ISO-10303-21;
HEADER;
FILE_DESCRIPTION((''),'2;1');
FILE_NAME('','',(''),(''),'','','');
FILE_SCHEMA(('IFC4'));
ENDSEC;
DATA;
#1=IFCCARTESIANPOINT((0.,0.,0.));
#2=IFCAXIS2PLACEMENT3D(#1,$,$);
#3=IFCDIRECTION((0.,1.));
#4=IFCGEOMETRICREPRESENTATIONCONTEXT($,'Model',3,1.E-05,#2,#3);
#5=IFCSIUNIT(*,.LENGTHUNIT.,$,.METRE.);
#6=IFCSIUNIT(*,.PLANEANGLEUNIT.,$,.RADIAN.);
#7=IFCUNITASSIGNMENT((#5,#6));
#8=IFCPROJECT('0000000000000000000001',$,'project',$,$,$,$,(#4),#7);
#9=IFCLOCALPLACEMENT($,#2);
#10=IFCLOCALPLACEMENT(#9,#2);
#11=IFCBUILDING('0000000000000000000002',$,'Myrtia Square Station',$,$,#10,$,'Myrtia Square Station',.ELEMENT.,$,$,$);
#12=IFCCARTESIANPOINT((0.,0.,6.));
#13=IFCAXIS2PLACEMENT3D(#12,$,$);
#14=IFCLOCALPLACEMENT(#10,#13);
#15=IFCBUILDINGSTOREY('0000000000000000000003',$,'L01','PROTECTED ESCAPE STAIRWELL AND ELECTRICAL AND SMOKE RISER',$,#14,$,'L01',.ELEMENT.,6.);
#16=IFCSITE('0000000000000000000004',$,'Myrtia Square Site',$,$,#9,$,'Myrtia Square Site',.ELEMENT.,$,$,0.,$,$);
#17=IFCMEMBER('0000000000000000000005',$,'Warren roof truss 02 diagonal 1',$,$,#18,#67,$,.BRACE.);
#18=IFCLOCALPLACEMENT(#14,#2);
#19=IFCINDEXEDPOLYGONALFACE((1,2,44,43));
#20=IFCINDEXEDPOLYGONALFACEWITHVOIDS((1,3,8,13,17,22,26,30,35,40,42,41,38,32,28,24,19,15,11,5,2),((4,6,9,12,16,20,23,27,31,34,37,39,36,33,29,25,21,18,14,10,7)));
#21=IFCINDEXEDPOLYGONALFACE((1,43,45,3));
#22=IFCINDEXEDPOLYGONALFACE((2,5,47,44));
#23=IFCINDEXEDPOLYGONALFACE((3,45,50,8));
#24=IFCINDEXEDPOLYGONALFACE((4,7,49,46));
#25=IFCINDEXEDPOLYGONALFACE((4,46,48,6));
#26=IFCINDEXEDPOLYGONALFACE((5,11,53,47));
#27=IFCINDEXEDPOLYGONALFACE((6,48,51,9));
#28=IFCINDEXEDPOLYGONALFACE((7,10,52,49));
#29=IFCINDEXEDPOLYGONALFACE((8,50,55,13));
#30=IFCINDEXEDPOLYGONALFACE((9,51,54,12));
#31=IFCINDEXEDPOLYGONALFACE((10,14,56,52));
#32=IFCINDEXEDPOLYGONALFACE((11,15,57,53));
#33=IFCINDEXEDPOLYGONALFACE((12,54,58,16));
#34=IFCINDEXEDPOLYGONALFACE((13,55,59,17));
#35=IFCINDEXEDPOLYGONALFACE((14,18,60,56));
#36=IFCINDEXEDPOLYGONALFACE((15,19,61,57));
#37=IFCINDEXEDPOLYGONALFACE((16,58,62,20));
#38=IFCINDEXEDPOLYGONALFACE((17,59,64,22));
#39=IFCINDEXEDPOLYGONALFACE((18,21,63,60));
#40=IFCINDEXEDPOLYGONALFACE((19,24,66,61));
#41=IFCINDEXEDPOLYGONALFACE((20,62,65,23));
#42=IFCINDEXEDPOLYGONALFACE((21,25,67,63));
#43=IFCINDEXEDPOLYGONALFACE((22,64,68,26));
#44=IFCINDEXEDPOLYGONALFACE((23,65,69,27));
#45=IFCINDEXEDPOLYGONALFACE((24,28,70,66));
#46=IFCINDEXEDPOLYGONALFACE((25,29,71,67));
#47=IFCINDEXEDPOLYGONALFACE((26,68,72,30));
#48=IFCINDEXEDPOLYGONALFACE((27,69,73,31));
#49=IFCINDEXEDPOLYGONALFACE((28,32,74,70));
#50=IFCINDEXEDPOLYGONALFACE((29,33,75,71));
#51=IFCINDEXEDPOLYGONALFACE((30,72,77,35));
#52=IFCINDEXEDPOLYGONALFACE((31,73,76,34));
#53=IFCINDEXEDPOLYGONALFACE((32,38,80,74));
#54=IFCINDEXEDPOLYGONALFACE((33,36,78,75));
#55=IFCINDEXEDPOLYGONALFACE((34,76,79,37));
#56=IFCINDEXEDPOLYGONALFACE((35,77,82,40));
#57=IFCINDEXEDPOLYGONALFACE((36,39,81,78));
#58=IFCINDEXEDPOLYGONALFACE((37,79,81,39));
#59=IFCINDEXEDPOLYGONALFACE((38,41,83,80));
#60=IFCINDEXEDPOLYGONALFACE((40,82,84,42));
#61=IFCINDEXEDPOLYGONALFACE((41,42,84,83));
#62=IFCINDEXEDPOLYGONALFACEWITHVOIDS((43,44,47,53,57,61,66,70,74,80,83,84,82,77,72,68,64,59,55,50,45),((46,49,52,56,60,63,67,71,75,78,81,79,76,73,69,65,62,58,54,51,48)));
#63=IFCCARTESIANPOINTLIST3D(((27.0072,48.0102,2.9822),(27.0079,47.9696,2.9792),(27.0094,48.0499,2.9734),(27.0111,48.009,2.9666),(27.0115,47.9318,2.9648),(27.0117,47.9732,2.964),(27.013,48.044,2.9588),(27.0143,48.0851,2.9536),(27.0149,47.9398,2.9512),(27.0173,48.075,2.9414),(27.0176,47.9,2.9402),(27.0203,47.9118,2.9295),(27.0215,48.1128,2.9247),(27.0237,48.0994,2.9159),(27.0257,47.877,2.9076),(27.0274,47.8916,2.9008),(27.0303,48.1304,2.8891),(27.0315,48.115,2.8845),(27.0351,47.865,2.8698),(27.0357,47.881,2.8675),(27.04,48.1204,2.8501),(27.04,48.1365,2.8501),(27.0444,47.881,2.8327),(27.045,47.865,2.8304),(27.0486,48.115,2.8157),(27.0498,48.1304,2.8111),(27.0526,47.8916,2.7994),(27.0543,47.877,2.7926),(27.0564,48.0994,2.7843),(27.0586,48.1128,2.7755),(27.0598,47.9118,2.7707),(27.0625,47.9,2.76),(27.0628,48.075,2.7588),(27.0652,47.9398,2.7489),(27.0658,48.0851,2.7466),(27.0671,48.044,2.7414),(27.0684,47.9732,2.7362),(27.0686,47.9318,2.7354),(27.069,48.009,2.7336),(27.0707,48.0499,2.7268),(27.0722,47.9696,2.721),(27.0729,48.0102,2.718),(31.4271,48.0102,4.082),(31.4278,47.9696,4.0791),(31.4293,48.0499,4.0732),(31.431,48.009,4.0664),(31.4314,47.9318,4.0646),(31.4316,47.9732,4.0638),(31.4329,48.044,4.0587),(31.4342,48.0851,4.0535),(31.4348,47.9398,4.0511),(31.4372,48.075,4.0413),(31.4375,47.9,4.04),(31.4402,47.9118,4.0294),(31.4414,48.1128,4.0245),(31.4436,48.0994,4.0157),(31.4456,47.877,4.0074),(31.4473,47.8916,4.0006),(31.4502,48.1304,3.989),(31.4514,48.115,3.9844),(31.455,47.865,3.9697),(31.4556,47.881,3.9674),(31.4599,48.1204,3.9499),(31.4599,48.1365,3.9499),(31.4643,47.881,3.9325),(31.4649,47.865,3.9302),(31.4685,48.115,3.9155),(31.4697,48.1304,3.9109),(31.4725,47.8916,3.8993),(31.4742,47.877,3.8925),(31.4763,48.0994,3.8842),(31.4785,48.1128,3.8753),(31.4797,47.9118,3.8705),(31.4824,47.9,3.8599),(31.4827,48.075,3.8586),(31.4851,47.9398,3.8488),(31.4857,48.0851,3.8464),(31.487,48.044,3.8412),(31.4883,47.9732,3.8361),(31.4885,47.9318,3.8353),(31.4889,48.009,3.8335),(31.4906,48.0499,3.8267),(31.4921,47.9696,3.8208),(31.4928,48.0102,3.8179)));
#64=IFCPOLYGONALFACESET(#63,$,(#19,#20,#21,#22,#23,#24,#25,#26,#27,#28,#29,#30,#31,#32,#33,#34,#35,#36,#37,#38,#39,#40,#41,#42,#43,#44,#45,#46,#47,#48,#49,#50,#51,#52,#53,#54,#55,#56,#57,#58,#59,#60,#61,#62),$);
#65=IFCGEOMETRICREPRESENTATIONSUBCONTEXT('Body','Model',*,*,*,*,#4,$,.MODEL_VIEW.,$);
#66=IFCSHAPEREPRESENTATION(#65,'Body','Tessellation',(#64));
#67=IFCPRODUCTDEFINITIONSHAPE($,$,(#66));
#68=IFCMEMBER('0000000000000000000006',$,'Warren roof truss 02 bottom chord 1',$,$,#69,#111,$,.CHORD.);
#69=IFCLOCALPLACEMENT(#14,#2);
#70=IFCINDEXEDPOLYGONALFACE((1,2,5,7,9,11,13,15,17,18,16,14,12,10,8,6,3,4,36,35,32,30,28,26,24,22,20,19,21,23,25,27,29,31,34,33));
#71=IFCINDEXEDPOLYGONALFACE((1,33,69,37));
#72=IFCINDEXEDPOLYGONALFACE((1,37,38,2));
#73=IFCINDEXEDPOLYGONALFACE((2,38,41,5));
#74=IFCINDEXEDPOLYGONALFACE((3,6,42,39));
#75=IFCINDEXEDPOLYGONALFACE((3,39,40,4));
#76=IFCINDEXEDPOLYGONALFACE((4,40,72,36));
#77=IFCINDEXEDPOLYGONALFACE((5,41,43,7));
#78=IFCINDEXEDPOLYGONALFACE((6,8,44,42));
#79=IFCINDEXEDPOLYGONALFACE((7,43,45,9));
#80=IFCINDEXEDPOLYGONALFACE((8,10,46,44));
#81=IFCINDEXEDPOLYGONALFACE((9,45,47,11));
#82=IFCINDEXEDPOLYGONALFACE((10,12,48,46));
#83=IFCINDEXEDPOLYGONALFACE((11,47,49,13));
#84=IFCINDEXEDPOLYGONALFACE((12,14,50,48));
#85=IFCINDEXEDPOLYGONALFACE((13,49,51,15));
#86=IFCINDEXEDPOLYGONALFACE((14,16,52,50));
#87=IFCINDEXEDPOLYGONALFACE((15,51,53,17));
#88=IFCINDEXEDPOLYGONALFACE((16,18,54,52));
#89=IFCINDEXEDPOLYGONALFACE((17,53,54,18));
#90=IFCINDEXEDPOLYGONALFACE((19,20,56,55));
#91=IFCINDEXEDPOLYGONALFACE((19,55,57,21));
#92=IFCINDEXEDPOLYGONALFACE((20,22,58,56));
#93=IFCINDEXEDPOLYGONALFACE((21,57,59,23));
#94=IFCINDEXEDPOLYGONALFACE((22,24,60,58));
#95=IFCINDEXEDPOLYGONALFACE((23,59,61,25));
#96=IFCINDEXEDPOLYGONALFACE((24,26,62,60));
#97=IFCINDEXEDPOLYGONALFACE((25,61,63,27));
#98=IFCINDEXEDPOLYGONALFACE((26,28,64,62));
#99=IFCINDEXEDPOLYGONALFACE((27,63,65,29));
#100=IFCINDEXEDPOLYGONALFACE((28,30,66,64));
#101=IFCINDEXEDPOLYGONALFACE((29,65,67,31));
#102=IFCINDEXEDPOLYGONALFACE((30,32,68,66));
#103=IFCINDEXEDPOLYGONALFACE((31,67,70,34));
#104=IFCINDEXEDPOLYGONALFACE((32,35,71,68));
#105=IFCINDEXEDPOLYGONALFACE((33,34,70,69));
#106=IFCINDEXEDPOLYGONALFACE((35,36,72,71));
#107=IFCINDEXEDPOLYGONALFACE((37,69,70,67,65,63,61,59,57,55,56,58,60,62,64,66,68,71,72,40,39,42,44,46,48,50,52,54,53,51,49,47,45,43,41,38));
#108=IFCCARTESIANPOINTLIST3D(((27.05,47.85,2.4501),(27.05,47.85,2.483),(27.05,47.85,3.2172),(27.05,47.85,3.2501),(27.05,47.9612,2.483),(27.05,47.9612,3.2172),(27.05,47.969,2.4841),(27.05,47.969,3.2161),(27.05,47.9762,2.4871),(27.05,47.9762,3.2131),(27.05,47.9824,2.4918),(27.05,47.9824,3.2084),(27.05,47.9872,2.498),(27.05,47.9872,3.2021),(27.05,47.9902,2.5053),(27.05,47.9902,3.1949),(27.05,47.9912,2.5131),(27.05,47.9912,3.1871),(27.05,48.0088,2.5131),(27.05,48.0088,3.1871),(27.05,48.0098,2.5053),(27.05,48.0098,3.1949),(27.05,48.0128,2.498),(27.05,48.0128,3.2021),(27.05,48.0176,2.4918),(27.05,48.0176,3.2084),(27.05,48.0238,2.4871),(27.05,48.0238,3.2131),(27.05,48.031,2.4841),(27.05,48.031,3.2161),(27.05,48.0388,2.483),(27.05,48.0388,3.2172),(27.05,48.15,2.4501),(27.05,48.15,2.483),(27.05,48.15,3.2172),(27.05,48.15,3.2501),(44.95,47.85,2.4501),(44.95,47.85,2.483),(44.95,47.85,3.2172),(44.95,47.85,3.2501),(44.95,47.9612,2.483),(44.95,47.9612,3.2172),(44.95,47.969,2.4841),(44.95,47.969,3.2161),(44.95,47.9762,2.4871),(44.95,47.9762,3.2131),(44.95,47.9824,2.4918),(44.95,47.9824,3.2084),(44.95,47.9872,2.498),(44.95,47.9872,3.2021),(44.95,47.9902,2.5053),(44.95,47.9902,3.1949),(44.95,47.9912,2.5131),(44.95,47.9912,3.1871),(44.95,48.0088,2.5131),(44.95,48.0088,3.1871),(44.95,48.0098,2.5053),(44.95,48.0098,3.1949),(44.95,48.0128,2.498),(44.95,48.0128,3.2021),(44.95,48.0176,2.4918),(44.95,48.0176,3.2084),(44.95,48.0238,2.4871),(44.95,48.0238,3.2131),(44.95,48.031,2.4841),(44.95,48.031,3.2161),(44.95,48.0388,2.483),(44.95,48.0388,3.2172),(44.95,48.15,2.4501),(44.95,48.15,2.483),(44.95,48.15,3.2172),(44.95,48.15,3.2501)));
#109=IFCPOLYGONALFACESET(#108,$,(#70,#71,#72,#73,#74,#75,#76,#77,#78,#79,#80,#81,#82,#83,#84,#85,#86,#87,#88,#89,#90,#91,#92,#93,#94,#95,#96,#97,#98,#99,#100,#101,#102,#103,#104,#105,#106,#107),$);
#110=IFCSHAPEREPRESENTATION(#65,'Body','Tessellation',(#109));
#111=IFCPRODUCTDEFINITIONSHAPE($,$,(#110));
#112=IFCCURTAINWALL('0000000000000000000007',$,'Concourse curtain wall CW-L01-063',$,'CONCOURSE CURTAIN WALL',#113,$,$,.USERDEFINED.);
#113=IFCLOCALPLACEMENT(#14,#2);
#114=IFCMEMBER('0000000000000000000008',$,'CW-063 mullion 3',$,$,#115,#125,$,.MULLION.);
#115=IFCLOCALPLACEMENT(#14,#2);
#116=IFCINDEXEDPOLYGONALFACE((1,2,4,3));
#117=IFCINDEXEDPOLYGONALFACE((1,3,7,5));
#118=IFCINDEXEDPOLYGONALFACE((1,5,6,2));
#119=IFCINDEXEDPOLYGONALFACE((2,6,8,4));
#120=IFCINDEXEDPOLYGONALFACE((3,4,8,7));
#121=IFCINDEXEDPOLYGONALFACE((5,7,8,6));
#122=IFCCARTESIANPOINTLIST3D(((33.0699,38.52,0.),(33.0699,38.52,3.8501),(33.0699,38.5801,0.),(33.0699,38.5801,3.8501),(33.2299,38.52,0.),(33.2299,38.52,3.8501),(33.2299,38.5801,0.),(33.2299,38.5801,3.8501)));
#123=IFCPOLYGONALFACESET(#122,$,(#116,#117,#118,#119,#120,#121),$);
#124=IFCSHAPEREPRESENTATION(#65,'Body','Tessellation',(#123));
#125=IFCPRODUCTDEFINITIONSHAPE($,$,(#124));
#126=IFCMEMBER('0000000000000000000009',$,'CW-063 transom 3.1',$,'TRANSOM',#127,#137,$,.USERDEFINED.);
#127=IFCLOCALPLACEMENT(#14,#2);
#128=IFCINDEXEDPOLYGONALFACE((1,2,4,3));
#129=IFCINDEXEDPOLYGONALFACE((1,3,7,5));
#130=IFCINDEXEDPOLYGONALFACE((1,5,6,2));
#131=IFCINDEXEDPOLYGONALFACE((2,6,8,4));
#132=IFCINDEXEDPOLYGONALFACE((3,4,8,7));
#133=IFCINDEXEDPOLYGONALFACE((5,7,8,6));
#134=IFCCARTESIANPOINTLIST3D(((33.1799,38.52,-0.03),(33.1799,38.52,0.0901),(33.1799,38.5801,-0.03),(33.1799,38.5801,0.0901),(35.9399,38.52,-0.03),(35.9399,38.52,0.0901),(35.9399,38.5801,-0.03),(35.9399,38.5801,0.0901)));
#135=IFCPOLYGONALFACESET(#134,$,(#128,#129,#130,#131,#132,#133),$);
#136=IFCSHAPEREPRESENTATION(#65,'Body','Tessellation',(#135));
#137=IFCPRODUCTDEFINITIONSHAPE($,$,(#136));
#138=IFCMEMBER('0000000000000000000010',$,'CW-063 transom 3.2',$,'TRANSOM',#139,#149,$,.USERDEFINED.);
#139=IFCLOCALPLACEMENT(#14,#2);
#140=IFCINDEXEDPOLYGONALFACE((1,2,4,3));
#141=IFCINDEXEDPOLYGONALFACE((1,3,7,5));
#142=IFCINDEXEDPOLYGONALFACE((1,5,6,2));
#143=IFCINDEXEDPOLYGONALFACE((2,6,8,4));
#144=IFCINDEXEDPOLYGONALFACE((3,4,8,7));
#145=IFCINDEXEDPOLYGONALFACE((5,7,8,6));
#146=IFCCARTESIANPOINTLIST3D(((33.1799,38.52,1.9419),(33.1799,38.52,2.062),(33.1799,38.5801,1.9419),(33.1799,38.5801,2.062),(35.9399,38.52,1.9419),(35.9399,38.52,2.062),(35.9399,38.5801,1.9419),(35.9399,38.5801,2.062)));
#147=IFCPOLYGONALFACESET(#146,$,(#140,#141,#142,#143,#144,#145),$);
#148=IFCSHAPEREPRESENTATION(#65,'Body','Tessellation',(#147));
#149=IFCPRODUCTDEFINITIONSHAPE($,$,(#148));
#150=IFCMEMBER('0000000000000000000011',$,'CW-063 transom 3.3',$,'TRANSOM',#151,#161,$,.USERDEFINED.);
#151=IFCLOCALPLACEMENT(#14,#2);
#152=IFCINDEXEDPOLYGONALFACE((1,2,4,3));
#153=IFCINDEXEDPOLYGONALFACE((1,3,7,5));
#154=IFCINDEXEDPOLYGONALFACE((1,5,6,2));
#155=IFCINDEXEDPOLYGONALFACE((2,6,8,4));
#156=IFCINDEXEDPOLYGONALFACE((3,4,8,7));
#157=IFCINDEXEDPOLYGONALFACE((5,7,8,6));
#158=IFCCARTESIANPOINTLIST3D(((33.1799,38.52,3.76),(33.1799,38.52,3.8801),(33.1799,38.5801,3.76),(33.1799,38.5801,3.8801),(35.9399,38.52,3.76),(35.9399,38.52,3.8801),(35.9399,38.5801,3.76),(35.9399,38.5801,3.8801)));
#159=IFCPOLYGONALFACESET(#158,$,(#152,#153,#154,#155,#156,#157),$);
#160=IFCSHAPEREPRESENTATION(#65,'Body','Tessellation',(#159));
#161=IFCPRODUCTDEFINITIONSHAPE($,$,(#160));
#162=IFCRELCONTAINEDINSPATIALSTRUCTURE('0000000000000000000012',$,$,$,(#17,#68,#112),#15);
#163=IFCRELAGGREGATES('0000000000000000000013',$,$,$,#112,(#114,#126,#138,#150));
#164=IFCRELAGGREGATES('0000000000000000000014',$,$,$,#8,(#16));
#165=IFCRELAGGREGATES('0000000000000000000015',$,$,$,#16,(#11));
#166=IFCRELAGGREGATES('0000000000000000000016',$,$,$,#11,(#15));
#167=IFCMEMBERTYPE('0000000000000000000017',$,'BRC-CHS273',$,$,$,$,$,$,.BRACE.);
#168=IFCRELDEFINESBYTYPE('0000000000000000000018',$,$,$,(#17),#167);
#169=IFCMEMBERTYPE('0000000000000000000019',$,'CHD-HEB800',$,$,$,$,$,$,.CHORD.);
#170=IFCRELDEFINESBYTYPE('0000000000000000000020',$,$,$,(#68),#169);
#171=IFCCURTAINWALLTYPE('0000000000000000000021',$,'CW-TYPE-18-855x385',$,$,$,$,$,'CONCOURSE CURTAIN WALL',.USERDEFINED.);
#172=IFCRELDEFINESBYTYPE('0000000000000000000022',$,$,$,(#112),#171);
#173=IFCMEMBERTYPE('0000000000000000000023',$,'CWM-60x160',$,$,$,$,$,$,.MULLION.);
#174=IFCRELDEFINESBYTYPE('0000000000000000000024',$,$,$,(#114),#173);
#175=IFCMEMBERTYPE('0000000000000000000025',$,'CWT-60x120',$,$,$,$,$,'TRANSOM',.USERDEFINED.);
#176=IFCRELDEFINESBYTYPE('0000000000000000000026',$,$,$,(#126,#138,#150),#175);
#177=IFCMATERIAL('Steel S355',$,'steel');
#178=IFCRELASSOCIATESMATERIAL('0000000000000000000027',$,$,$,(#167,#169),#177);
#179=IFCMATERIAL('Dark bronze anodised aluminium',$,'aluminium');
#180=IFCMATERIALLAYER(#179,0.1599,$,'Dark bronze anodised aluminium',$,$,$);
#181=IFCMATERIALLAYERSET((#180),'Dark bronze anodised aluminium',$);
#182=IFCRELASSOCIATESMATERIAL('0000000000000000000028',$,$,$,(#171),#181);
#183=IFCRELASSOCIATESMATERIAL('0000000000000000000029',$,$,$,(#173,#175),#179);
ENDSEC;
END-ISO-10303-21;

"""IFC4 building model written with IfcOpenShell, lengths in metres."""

from ifc_helpers import new_model, si_unit, direction, frame, origin, origin_2d, place, context, subcontext, project, spatial, rectangle, hollow_circle, i_section, extrude, material, layer, layer_set, material_profile, profile_set, type_object, element, aggregate, save


model = new_model("IFC4")

# Units and contexts
model_context = context("Model", 3, precision=1e-05, world=origin(), true_north=direction((0.0, 1.0)))
body_context = subcontext(model_context, "Body", "Model", "MODEL_VIEW")
ifc_project = project(units=[si_unit("LENGTHUNIT", "METRE"), si_unit("PLANEANGLEUNIT", "RADIAN")], contexts=[model_context])

# Site, building, storey
site_placement = place(None, origin())
site = spatial("IfcSite", under=ifc_project, at=site_placement, Name="Myrtia Square Site", LongName="Myrtia Square Site", CompositionType="ELEMENT", RefElevation=0.0)
building_placement = place(site_placement, origin())
building = spatial("IfcBuilding", under=site, at=building_placement, Name="Myrtia Square Station", LongName="Myrtia Square Station", CompositionType="ELEMENT")
storey_placement = place(building_placement, frame((0.0, 0.0, 6.0)))
storey = spatial("IfcBuildingStorey", under=building, at=storey_placement, Name="L01", Description="PROTECTED ESCAPE STAIRWELL AND ELECTRICAL AND SMOKE RISER", LongName="L01", CompositionType="ELEMENT", Elevation=6.0)

# Shared definitions
ifc_material_1 = material(Name="Steel S355", Category="steel")

# Members
ifc_material_profile_1 = material_profile(ifc_material_1, hollow_circle(Radius=0.1365, WallThickness=0.0161, at=origin_2d()), Name="CHS 273x16")
ifc_profile_set_1 = profile_set([ifc_material_profile_1], Name="Steel S355")
member_type_1 = type_object("IfcMemberType", Name="BRC-CHS273", PredefinedType="BRACE", material=ifc_profile_set_1)
member_1_placement = place(storey_placement, frame((27.04, 48.0, 2.8501), z_axis=(0.970407, 0.0, 0.241476), x_axis=(0.0, 1.0, 0.0)))
element("IfcMember", 1, at=member_1_placement, inside=storey, type_object=member_type_1, Name="Warren roof truss 02 diagonal 1", PredefinedType="BRACE", context=body_context, shape_type="SweptSolid", body=[
    extrude(hollow_circle(Radius=0.1365, WallThickness=0.0161, at=origin_2d()), origin(), (0.0, 0.0, 1.0), 4.5547),
])
ifc_material_profile_2 = material_profile(ifc_material_1, i_section(OverallWidth=0.3, OverallDepth=0.8, WebThickness=0.0176, FlangeThickness=0.033, FilletRadius=0.03, at=origin_2d()), Name="HEB 800")
ifc_profile_set_2 = profile_set([ifc_material_profile_2], Name="Steel S355")
member_type_2 = type_object("IfcMemberType", Name="CHD-HEB800", PredefinedType="CHORD", material=ifc_profile_set_2)
member_2_placement = place(storey_placement, frame((27.05, 48.0, 2.8501), z_axis=(1.0, 0.0, 0.0), x_axis=(0.0, 1.0, 0.0)))
element("IfcMember", 2, at=member_2_placement, inside=storey, type_object=member_type_2, Name="Warren roof truss 02 bottom chord 1", PredefinedType="CHORD", context=body_context, shape_type="SweptSolid", body=[
    extrude(i_section(OverallWidth=0.3, OverallDepth=0.8, WebThickness=0.0176, FlangeThickness=0.033, FilletRadius=0.03, at=origin_2d()), origin(), (0.0, 0.0, 1.0), 17.8999),
])

# Curtain wall, members
ifc_material_2 = material(Name="Dark bronze anodised aluminium", Category="aluminium")
ifc_layer_1 = layer(ifc_material_2, 0.1599, Name="Dark bronze anodised aluminium")
ifc_layer_set_1 = layer_set([ifc_layer_1], Name="Dark bronze anodised aluminium")
curtain_wall_type = type_object("IfcCurtainWallType", Name="CW-TYPE-18-855x385", ElementType="CONCOURSE CURTAIN WALL", PredefinedType="USERDEFINED", material=ifc_layer_set_1)
curtain_wall_placement = place(storey_placement, origin())
curtain_wall = element("IfcCurtainWall", 3, at=curtain_wall_placement, inside=storey, type_object=curtain_wall_type, Name="Concourse curtain wall CW-L01-063", ObjectType="CONCOURSE CURTAIN WALL", PredefinedType="USERDEFINED")
ifc_material_profile_3 = material_profile(ifc_material_2, rectangle(XDim=0.0601, YDim=0.1599, at=origin_2d()), Name="ALU-M 60x160")
ifc_profile_set_3 = profile_set([ifc_material_profile_3], Name="Dark bronze anodised aluminium")
member_type_3 = type_object("IfcMemberType", Name="CWM-60x160", PredefinedType="MULLION", material=ifc_profile_set_3)
member_3_placement = place(storey_placement, frame((33.1499, 38.55, 0.0), z_axis=(0.0, 0.0, 1.0), x_axis=(0.0, 1.0, 0.0)))
member_3 = element("IfcMember", 4, at=member_3_placement, type_object=member_type_3, Name="CW-063 mullion 3", PredefinedType="MULLION", context=body_context, shape_type="SweptSolid", body=[
    extrude(rectangle(XDim=0.0601, YDim=0.1599, at=origin_2d()), origin(), (0.0, 0.0, 1.0), 3.8501),
])
ifc_material_profile_4 = material_profile(ifc_material_2, rectangle(XDim=0.0601, YDim=0.1201, at=origin_2d()), Name="ALU-T 60x120")
ifc_profile_set_4 = profile_set([ifc_material_profile_4], Name="Dark bronze anodised aluminium")
member_type_4 = type_object("IfcMemberType", Name="CWT-60x120", ElementType="TRANSOM", PredefinedType="USERDEFINED", material=ifc_profile_set_4)
member_4_placement = place(storey_placement, frame((33.1799, 38.55, 0.03), z_axis=(1.0, 0.0, 0.0), x_axis=(0.0, 1.0, 0.0)))
member_4 = element("IfcMember", 5, at=member_4_placement, type_object=member_type_4, Name="CW-063 transom 3.1", ObjectType="TRANSOM", PredefinedType="USERDEFINED", context=body_context, shape_type="SweptSolid", body=[
    extrude(rectangle(XDim=0.0601, YDim=0.1201, at=origin_2d()), origin(), (0.0, 0.0, 1.0), 2.76),
])
member_5_placement = place(storey_placement, frame((33.1799, 38.55, 2.002), z_axis=(1.0, 0.0, 0.0), x_axis=(0.0, 1.0, 0.0)))
member_5 = element("IfcMember", 6, at=member_5_placement, type_object=member_type_4, Name="CW-063 transom 3.2", ObjectType="TRANSOM", PredefinedType="USERDEFINED", context=body_context, shape_type="SweptSolid", body=[
    extrude(rectangle(XDim=0.0601, YDim=0.1201, at=origin_2d()), origin(), (0.0, 0.0, 1.0), 2.76),
])
member_6_placement = place(storey_placement, frame((33.1799, 38.55, 3.8201), z_axis=(1.0, 0.0, 0.0), x_axis=(0.0, 1.0, 0.0)))
member_6 = element("IfcMember", 7, at=member_6_placement, type_object=member_type_4, Name="CW-063 transom 3.3", ObjectType="TRANSOM", PredefinedType="USERDEFINED", context=body_context, shape_type="SweptSolid", body=[
    extrude(rectangle(XDim=0.0601, YDim=0.1201, at=origin_2d()), origin(), (0.0, 0.0, 1.0), 2.76),
])

aggregate(curtain_wall, [member_3, member_4, member_5, member_6])

save(model, "model.ifc")
